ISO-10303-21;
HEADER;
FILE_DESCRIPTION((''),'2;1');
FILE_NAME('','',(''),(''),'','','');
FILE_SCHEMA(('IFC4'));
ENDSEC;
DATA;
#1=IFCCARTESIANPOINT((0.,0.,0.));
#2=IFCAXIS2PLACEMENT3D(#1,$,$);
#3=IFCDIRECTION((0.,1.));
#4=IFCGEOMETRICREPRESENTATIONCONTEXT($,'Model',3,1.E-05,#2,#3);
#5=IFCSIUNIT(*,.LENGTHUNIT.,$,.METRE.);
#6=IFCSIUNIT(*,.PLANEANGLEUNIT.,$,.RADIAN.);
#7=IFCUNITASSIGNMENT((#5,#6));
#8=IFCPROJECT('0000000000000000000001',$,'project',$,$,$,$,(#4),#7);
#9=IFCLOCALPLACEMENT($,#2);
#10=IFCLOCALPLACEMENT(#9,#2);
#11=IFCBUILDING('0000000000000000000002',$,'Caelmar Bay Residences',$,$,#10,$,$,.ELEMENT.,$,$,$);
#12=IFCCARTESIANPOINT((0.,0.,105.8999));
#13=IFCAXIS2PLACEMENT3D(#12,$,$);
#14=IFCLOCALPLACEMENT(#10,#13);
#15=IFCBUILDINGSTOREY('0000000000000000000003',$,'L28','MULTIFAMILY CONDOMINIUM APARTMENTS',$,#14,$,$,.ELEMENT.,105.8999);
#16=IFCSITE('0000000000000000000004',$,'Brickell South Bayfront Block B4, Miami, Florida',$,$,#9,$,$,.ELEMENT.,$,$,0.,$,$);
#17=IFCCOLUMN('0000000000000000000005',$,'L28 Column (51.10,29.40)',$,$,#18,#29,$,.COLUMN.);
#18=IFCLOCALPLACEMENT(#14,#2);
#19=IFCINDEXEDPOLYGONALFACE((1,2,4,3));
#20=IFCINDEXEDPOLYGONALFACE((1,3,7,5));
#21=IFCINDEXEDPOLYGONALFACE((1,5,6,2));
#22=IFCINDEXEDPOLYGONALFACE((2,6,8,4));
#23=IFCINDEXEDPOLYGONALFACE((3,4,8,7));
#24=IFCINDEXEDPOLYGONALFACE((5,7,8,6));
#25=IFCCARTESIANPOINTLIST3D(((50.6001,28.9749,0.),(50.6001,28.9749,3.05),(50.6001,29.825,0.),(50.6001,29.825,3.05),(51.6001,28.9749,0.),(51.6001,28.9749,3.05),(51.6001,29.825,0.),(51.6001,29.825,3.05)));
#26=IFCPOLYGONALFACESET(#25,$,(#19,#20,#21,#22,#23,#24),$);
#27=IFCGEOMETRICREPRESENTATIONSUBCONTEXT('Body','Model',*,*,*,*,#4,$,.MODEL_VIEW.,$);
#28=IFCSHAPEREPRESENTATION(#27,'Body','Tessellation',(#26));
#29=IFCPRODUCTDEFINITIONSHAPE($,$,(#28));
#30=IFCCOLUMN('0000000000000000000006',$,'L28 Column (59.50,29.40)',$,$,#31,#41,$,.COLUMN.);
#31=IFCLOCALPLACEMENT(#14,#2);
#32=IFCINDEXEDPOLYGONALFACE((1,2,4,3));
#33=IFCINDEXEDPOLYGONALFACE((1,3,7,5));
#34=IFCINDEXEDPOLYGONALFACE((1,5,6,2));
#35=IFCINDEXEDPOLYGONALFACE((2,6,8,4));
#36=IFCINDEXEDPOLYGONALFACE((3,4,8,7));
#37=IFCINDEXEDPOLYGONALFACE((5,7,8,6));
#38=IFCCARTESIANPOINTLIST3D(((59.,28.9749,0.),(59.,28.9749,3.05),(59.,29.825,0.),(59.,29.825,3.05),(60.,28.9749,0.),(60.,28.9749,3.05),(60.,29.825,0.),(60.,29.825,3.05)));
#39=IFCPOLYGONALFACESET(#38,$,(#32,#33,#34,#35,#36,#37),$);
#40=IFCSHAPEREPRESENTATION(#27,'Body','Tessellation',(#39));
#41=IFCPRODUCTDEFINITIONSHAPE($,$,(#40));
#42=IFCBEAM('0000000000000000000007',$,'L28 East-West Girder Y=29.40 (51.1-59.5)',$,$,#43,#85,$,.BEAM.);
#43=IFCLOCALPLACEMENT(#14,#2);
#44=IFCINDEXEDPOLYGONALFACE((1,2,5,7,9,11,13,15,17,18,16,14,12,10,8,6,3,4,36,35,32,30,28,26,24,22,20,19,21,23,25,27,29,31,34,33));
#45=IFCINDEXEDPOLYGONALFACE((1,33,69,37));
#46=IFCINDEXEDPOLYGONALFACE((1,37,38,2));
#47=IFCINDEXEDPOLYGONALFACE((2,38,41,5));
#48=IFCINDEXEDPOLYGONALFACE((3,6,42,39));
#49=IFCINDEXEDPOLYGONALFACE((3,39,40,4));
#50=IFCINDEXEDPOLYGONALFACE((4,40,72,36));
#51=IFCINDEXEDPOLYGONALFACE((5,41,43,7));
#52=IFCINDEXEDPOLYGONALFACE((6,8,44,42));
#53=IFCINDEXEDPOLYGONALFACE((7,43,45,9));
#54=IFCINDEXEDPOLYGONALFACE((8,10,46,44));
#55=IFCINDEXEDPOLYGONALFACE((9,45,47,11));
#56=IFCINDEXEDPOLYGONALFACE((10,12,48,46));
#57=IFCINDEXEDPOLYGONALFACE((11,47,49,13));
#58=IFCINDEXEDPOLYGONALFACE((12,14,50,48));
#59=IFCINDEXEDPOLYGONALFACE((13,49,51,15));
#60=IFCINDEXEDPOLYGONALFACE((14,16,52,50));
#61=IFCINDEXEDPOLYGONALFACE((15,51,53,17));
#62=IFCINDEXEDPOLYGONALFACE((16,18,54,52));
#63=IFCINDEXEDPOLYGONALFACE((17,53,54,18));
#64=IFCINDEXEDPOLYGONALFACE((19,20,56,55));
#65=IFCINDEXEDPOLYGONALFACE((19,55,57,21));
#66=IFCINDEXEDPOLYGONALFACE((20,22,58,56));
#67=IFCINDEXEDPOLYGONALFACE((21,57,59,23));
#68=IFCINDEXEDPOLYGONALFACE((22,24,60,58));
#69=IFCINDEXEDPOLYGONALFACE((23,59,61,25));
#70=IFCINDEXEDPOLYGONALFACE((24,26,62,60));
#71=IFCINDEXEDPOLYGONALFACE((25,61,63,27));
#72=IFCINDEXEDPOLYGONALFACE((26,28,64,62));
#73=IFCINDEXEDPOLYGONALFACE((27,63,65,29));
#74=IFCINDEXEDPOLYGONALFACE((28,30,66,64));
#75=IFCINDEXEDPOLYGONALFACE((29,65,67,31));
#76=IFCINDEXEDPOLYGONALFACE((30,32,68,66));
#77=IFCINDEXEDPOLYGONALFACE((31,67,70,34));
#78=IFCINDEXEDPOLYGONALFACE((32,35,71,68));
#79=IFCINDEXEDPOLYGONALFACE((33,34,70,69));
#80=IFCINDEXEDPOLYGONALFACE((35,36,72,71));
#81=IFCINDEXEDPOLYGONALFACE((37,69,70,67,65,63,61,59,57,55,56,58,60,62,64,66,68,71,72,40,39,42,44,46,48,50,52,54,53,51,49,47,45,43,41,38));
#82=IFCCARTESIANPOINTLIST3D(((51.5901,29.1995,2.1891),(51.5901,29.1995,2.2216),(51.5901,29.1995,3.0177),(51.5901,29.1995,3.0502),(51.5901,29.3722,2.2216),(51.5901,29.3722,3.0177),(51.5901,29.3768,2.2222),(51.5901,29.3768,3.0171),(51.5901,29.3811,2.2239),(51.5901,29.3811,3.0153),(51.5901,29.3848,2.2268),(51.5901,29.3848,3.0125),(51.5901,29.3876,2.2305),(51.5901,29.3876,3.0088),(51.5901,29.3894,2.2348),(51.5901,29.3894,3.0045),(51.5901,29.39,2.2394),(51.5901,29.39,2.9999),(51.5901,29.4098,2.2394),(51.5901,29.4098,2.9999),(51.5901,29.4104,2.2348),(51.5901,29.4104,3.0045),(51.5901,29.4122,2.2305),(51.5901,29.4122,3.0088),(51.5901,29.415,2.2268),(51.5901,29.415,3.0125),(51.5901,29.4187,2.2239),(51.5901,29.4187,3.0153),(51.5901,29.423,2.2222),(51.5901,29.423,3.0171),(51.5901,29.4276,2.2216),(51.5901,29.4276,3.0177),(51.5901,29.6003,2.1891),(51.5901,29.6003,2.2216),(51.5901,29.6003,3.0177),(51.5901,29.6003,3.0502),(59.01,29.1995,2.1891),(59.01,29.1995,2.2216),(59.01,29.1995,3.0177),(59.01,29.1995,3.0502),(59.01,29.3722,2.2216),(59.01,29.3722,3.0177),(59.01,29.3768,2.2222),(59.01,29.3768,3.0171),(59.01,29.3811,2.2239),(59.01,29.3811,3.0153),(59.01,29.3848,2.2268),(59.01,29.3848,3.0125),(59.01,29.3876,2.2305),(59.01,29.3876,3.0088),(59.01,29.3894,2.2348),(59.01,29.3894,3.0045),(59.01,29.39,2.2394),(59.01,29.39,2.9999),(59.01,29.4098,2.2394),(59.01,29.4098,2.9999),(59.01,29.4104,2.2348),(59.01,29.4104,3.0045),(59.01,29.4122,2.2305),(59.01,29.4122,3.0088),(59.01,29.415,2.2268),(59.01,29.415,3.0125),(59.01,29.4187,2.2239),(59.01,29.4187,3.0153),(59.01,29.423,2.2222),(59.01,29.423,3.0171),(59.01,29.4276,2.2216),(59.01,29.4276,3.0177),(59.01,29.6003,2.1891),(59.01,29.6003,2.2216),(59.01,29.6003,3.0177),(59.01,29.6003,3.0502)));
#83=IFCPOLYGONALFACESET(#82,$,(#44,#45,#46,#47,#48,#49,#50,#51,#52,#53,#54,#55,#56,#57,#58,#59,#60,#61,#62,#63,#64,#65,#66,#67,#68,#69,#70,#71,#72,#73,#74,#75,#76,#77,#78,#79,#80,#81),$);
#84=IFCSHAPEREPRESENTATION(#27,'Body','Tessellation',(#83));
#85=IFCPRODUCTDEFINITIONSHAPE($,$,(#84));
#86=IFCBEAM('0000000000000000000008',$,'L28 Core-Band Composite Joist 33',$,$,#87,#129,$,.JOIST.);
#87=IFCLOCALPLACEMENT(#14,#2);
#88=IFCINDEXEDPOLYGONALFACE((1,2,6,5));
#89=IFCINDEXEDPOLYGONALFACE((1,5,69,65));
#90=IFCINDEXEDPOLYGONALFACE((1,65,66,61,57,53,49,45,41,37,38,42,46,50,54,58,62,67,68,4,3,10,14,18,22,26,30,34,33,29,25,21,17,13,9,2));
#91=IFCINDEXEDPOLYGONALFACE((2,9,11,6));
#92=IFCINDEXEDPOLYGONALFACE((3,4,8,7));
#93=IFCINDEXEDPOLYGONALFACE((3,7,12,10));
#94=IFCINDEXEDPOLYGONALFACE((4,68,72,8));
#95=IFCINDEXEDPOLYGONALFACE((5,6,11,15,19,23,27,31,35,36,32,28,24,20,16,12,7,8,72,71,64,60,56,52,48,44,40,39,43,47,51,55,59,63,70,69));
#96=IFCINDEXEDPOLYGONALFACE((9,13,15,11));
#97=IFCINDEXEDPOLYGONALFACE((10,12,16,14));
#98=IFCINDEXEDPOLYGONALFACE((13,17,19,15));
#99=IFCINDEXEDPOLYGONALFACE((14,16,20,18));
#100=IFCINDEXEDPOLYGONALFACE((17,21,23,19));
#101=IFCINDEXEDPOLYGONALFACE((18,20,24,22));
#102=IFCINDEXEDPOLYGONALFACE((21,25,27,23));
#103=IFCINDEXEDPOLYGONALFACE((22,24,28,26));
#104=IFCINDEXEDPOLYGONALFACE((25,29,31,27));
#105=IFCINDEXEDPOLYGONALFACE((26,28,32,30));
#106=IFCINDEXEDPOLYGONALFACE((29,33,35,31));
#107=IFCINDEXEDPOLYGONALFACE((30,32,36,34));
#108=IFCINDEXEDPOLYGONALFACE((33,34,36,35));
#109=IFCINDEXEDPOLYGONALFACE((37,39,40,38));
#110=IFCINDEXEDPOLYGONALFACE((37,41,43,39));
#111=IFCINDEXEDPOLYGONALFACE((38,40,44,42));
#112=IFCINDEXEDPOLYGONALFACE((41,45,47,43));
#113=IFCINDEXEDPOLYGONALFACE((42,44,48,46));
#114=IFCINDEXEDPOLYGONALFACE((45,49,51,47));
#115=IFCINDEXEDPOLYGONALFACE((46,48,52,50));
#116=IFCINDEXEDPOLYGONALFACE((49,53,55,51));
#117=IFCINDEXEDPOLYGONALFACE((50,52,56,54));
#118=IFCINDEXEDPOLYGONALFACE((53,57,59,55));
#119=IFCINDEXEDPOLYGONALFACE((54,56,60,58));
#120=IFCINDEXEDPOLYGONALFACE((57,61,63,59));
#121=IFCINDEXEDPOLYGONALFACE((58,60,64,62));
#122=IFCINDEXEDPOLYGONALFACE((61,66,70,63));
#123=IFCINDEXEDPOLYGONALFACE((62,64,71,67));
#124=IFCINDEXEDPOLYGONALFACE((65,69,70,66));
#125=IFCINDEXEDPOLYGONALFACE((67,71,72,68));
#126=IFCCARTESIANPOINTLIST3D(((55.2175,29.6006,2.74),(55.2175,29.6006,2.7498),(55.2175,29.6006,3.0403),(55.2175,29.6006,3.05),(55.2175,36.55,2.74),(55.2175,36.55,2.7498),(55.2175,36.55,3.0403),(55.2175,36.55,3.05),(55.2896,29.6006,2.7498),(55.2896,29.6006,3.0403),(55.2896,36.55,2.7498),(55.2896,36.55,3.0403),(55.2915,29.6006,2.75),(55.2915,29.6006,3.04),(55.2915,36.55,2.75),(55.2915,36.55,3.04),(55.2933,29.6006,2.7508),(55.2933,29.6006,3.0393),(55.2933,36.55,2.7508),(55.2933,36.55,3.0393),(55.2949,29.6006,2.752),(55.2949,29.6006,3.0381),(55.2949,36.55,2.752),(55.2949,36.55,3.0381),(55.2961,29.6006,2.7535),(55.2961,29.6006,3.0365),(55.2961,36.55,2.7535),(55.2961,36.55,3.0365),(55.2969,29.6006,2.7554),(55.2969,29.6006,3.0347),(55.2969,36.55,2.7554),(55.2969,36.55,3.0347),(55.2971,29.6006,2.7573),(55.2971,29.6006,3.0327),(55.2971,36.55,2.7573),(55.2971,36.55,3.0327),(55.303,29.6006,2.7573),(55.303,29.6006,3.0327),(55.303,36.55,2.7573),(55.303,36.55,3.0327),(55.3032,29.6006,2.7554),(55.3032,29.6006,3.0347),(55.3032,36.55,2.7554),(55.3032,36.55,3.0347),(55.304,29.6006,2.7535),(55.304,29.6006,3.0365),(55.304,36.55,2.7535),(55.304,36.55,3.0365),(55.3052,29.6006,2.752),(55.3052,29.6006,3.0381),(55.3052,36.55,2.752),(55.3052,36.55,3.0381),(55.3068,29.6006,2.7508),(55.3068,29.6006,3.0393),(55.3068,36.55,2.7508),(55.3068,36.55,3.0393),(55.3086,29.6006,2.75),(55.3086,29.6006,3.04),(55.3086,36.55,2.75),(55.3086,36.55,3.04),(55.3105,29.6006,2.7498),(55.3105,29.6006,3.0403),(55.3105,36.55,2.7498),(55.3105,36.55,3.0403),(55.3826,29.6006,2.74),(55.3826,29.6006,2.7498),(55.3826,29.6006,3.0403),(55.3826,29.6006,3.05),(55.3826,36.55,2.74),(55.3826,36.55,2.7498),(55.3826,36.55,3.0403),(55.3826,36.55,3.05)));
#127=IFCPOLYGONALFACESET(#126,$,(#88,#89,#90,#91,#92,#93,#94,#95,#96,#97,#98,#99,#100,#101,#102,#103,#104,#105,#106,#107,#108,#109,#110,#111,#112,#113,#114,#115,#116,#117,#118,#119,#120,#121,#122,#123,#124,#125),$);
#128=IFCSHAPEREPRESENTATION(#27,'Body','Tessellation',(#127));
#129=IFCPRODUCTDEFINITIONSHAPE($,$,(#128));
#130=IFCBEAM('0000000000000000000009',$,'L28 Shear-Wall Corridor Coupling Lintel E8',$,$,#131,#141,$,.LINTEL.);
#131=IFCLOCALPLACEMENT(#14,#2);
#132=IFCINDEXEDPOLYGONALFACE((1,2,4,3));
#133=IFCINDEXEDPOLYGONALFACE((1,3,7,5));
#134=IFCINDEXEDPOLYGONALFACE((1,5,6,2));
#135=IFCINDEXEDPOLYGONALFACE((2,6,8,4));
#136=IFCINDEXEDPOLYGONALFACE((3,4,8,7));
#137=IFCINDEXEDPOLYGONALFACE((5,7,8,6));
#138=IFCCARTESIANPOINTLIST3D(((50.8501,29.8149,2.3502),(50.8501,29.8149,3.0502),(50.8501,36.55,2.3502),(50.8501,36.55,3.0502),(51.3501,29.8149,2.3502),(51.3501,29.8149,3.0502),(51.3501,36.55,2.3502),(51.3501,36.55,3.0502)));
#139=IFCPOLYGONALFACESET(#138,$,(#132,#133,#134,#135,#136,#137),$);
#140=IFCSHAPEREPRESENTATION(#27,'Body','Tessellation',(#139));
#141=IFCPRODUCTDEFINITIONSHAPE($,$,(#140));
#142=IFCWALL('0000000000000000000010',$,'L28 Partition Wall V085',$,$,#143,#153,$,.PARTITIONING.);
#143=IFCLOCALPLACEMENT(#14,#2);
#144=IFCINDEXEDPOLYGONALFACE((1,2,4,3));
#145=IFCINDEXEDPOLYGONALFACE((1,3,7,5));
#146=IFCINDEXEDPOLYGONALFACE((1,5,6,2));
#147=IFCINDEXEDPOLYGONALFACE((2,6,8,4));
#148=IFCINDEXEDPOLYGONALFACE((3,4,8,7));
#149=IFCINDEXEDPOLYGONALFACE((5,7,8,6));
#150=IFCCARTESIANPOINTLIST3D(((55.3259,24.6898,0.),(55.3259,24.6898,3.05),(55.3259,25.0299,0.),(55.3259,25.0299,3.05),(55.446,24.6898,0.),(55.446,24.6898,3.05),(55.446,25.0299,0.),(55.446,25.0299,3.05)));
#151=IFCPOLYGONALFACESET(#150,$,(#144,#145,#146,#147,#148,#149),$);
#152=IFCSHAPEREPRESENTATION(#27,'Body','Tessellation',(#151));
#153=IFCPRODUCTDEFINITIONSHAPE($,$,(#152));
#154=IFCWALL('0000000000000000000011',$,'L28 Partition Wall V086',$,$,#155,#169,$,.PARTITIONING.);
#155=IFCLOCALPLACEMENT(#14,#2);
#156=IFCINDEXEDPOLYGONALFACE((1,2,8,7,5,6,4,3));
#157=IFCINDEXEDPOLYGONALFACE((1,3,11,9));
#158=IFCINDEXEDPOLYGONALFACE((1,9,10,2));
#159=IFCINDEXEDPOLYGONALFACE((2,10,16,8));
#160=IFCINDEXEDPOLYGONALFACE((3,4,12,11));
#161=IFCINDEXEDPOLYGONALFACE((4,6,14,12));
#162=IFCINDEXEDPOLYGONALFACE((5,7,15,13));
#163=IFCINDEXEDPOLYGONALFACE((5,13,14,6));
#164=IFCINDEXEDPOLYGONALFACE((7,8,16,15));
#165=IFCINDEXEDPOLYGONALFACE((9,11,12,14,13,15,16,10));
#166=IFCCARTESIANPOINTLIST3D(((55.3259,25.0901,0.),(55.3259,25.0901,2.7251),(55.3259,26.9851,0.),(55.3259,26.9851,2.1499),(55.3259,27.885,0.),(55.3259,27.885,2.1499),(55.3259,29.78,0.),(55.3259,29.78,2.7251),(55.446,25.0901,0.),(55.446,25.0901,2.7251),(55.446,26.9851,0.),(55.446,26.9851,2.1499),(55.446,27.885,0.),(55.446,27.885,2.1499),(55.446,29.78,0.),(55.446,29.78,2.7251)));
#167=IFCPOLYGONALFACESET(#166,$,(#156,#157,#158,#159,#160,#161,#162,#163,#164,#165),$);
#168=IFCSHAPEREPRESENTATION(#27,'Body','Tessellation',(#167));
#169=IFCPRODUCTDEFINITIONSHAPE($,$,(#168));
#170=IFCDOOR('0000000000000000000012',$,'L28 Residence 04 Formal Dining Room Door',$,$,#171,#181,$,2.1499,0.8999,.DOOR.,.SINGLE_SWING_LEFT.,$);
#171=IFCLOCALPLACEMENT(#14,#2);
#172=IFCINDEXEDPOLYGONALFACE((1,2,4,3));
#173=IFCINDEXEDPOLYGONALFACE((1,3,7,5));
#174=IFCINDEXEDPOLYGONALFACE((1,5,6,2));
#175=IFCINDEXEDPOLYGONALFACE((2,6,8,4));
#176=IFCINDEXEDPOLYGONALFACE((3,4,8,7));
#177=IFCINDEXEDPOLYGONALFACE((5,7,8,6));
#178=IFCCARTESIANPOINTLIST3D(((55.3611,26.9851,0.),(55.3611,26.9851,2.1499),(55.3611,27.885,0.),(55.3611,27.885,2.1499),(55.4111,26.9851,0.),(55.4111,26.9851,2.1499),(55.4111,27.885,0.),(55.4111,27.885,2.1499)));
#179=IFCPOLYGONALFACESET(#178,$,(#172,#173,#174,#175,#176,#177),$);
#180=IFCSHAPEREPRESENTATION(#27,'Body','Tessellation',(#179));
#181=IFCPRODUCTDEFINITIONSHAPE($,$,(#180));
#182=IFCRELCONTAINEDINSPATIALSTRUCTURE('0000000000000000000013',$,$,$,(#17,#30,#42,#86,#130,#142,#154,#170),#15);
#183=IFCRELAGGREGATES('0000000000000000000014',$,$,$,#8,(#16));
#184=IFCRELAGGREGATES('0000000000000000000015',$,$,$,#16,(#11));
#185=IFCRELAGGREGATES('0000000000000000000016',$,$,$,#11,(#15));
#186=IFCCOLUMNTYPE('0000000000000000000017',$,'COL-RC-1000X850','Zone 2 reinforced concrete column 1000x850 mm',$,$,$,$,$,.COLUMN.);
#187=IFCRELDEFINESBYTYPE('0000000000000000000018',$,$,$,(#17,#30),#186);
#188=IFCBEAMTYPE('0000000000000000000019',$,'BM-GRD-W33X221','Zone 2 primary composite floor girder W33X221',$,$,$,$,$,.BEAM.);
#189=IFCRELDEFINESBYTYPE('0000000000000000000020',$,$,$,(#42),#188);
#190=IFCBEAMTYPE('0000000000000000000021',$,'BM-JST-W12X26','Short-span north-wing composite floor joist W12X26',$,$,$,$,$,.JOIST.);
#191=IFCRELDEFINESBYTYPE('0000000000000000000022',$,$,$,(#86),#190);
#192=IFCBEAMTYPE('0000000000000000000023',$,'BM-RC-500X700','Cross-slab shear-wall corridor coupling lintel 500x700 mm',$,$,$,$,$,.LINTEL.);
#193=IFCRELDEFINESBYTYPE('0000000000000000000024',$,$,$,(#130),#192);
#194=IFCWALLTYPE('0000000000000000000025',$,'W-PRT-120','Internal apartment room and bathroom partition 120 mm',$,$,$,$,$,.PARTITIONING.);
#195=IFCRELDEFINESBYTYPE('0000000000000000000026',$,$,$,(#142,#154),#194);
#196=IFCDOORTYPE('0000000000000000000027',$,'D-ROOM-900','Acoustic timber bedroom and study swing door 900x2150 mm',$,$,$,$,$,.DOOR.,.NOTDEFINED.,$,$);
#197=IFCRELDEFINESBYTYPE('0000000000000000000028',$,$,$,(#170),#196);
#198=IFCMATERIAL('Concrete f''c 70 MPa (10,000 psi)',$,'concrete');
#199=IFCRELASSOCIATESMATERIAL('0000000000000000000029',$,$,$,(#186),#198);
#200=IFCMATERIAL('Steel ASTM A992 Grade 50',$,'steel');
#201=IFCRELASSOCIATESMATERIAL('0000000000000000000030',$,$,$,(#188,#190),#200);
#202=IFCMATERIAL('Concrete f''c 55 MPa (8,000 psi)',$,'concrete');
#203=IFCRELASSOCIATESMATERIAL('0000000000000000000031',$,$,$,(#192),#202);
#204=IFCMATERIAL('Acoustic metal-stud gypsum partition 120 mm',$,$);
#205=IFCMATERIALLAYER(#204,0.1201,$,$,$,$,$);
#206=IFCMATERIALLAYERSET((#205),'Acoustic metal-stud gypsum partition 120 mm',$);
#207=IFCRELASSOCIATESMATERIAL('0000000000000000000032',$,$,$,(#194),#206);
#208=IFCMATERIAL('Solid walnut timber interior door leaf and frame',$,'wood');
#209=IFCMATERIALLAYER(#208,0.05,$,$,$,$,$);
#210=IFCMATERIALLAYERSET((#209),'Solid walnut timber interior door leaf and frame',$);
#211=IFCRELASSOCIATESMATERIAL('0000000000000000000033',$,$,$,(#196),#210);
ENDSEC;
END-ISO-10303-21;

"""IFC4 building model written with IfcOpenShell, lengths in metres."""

from ifc_helpers import new_model, si_unit, direction, frame, frame_2d, origin, origin_2d, place, context, subcontext, project, spatial, rectangle, i_section, extrude, material, layer, layer_set, material_profile, profile_set, type_object, element, fill, save


model = new_model("IFC4")

# Units and contexts
model_context = context("Model", 3, precision=1e-05, world=origin(), true_north=direction((0.0, 1.0)))
body_context = subcontext(model_context, "Body", "Model", "MODEL_VIEW")
ifc_project = project(units=[si_unit("LENGTHUNIT", "METRE"), si_unit("PLANEANGLEUNIT", "RADIAN")], contexts=[model_context])

# Site, building, storey
site_placement = place(None, origin())
site = spatial("IfcSite", under=ifc_project, at=site_placement, Name="Brickell South Bayfront Block B4, Miami, Florida", CompositionType="ELEMENT", RefElevation=0.0)
building_placement = place(site_placement, origin())
building = spatial("IfcBuilding", under=site, at=building_placement, Name="Caelmar Bay Residences", CompositionType="ELEMENT")
storey_placement = place(building_placement, frame((0.0, 0.0, 105.8999)))
storey = spatial("IfcBuildingStorey", under=building, at=storey_placement, Name="L28", Description="MULTIFAMILY CONDOMINIUM APARTMENTS", CompositionType="ELEMENT", Elevation=105.8999)

# Columns
ifc_material_1 = material(Name="Concrete f'c 70 MPa (10,000 psi)", Category="concrete")
ifc_material_profile_1 = material_profile(ifc_material_1, rectangle(XDim=1.0, YDim=0.8501, at=origin_2d()), Name="RC-COL-1000X850")
ifc_profile_set_1 = profile_set([ifc_material_profile_1], Name="Concrete f'c 70 MPa (10,000 psi)")
column_type = type_object("IfcColumnType", Name="COL-RC-1000X850", Description="Zone 2 reinforced concrete column 1000x850 mm", PredefinedType="COLUMN", material=ifc_profile_set_1)
for number, where, z_axis, x_axis, name in (
    (1, (51.1001, 29.3999, 0.0), (0.0, 0.0, 1.0), (1.0, 0.0, 0.0), "L28 Column (51.10,29.40)"),
    (2, (59.5, 29.3999, 0.0), (0.0, 0.0, 1.0), (1.0, 0.0, 0.0), "L28 Column (59.50,29.40)"),
):
    element("IfcColumn", number, at=place(storey_placement, frame(where, z_axis=z_axis, x_axis=x_axis)), inside=storey, type_object=column_type, Name=name, PredefinedType="COLUMN", context=body_context, shape_type="SweptSolid", body=[
        extrude(rectangle(XDim=1.0, YDim=0.8501, at=origin_2d()), origin(), (0.0, 0.0, 1.0), 3.05),
    ])

# Beams
ifc_material_2 = material(Name="Steel ASTM A992 Grade 50", Category="steel")
ifc_material_profile_2 = material_profile(ifc_material_2, i_section(OverallWidth=0.4009, OverallDepth=0.8611, WebThickness=0.0198, FlangeThickness=0.0325, FilletRadius=0.0178, at=origin_2d()), Name="W33X221")
ifc_profile_set_2 = profile_set([ifc_material_profile_2], Name="Steel ASTM A992 Grade 50")
beam_type_1 = type_object("IfcBeamType", Name="BM-GRD-W33X221", Description="Zone 2 primary composite floor girder W33X221", PredefinedType="BEAM", material=ifc_profile_set_2)
beam_1_placement = place(storey_placement, frame((51.5901, 29.3999, 2.6196), z_axis=(1.0, 0.0, 0.0), x_axis=(0.0, 1.0, 0.0)))
element("IfcBeam", 3, at=beam_1_placement, inside=storey, type_object=beam_type_1, Name="L28 East-West Girder Y=29.40 (51.1-59.5)", PredefinedType="BEAM", context=body_context, shape_type="SweptSolid", body=[
    extrude(i_section(OverallWidth=0.4009, OverallDepth=0.8611, WebThickness=0.0198, FlangeThickness=0.0325, FilletRadius=0.0178, at=origin_2d()), origin(), (0.0, 0.0, 1.0), 7.4199),
])
ifc_material_profile_3 = material_profile(ifc_material_2, i_section(OverallWidth=0.165, OverallDepth=0.3101, WebThickness=0.0059, FlangeThickness=0.0098, FilletRadius=0.0076, at=origin_2d()), Name="W12X26")
ifc_profile_set_3 = profile_set([ifc_material_profile_3], Name="Steel ASTM A992 Grade 50")
beam_type_2 = type_object("IfcBeamType", Name="BM-JST-W12X26", Description="Short-span north-wing composite floor joist W12X26", PredefinedType="JOIST", material=ifc_profile_set_3)
beam_2_placement = place(storey_placement, frame((55.3, 29.6006, 2.895), z_axis=(0.0, 1.0, 0.0), x_axis=(-1.0, 0.0, 0.0)))
element("IfcBeam", 4, at=beam_2_placement, inside=storey, type_object=beam_type_2, Name="L28 Core-Band Composite Joist 33", PredefinedType="JOIST", context=body_context, shape_type="SweptSolid", body=[
    extrude(i_section(OverallWidth=0.165, OverallDepth=0.3101, WebThickness=0.0059, FlangeThickness=0.0098, FilletRadius=0.0076, at=origin_2d()), origin(), (0.0, 0.0, 1.0), 6.9495),
])
ifc_material_3 = material(Name="Concrete f'c 55 MPa (8,000 psi)", Category="concrete")
ifc_material_profile_4 = material_profile(ifc_material_3, rectangle(XDim=0.5, YDim=0.7, at=origin_2d()), Name="RC-BM-500X700")
ifc_profile_set_4 = profile_set([ifc_material_profile_4], Name="Concrete f'c 55 MPa (8,000 psi)")
beam_type_3 = type_object("IfcBeamType", Name="BM-RC-500X700", Description="Cross-slab shear-wall corridor coupling lintel 500x700 mm", PredefinedType="LINTEL", material=ifc_profile_set_4)
beam_3_placement = place(storey_placement, frame((51.1001, 29.8149, 2.7002), z_axis=(0.0, 1.0, 0.0), x_axis=(-1.0, 0.0, 0.0)))
element("IfcBeam", 5, at=beam_3_placement, inside=storey, type_object=beam_type_3, Name="L28 Shear-Wall Corridor Coupling Lintel E8", PredefinedType="LINTEL", context=body_context, shape_type="SweptSolid", body=[
    extrude(rectangle(XDim=0.5, YDim=0.7, at=origin_2d()), origin(), (0.0, 0.0, 1.0), 6.7351),
])

# Wall
ifc_material_4 = material(Name="Acoustic metal-stud gypsum partition 120 mm")
ifc_layer_1 = layer(ifc_material_4, 0.1201)
ifc_layer_set_1 = layer_set([ifc_layer_1], Name="Acoustic metal-stud gypsum partition 120 mm")
wall_type_1 = type_object("IfcWallType", Name="W-PRT-120", Description="Internal apartment room and bathroom partition 120 mm", PredefinedType="PARTITIONING", material=ifc_layer_set_1)
wall_1_placement = place(storey_placement, frame((55.386, 24.6899, 0.0), z_axis=(0.0, 0.0, 1.0), x_axis=(0.0, 1.0, 0.0)))
element("IfcWall", 6, at=wall_1_placement, inside=storey, type_object=wall_type_1, Name="L28 Partition Wall V085", PredefinedType="PARTITIONING", context=body_context, shape_type="SweptSolid", body=[
    extrude(rectangle(XDim=0.3401, YDim=0.1201, at=frame_2d((0.1699, 0.0))), origin(), (0.0, 0.0, 1.0), 3.05),
])

# Wall, opening, door
wall_2_placement = place(storey_placement, frame((55.386, 25.0901, 0.0), z_axis=(0.0, 0.0, 1.0), x_axis=(0.0, 1.0, 0.0)))
wall_2 = element("IfcWall", 7, at=wall_2_placement, inside=storey, type_object=wall_type_1, Name="L28 Partition Wall V086", PredefinedType="PARTITIONING", context=body_context, shape_type="SweptSolid", body=[
    extrude(rectangle(XDim=4.6899, YDim=0.1201, at=frame_2d((2.345, 0.0))), origin(), (0.0, 0.0, 1.0), 2.7251),
])
opening_1_placement = place(wall_2_placement, frame((1.895, 0.0, 0.0)))
opening_1 = element("IfcOpeningElement", 8, at=opening_1_placement, cuts=wall_2, PredefinedType="OPENING", context=body_context, shape_type="SweptSolid", body=[
    extrude(rectangle(XDim=0.8999, YDim=2.1499, at=frame_2d((0.45, 1.075))), frame((0.0, 0.0701, 0.0), z_axis=(0.0, -1.0, 0.0), x_axis=(1.0, 0.0, 0.0)), (0.0, 0.0, 1.0), 0.1401),
])
ifc_material_5 = material(Name="Solid walnut timber interior door leaf and frame", Category="wood")
ifc_layer_2 = layer(ifc_material_5, 0.05)
ifc_layer_set_2 = layer_set([ifc_layer_2], Name="Solid walnut timber interior door leaf and frame")
door_type = type_object("IfcDoorType", Name="D-ROOM-900", Description="Acoustic timber bedroom and study swing door 900x2150 mm", OperationType="NOTDEFINED", PredefinedType="DOOR", material=ifc_layer_set_2)
door_1_placement = place(opening_1_placement, origin())
door_1 = element("IfcDoor", 9, at=door_1_placement, inside=storey, type_object=door_type, Name="L28 Residence 04 Formal Dining Room Door", OperationType="SINGLE_SWING_LEFT", OverallHeight=2.1499, OverallWidth=0.8999, PredefinedType="DOOR", context=body_context, shape_type="SweptSolid", body=[
    extrude(rectangle(XDim=0.8999, YDim=2.1499, at=frame_2d((0.45, 1.075))), frame((0.0, 0.0249, 0.0), z_axis=(0.0, -1.0, 0.0), x_axis=(1.0, 0.0, 0.0)), (0.0, 0.0, 1.0), 0.05),
])
fill(opening_1, door_1)

save(model, "model.ifc")
